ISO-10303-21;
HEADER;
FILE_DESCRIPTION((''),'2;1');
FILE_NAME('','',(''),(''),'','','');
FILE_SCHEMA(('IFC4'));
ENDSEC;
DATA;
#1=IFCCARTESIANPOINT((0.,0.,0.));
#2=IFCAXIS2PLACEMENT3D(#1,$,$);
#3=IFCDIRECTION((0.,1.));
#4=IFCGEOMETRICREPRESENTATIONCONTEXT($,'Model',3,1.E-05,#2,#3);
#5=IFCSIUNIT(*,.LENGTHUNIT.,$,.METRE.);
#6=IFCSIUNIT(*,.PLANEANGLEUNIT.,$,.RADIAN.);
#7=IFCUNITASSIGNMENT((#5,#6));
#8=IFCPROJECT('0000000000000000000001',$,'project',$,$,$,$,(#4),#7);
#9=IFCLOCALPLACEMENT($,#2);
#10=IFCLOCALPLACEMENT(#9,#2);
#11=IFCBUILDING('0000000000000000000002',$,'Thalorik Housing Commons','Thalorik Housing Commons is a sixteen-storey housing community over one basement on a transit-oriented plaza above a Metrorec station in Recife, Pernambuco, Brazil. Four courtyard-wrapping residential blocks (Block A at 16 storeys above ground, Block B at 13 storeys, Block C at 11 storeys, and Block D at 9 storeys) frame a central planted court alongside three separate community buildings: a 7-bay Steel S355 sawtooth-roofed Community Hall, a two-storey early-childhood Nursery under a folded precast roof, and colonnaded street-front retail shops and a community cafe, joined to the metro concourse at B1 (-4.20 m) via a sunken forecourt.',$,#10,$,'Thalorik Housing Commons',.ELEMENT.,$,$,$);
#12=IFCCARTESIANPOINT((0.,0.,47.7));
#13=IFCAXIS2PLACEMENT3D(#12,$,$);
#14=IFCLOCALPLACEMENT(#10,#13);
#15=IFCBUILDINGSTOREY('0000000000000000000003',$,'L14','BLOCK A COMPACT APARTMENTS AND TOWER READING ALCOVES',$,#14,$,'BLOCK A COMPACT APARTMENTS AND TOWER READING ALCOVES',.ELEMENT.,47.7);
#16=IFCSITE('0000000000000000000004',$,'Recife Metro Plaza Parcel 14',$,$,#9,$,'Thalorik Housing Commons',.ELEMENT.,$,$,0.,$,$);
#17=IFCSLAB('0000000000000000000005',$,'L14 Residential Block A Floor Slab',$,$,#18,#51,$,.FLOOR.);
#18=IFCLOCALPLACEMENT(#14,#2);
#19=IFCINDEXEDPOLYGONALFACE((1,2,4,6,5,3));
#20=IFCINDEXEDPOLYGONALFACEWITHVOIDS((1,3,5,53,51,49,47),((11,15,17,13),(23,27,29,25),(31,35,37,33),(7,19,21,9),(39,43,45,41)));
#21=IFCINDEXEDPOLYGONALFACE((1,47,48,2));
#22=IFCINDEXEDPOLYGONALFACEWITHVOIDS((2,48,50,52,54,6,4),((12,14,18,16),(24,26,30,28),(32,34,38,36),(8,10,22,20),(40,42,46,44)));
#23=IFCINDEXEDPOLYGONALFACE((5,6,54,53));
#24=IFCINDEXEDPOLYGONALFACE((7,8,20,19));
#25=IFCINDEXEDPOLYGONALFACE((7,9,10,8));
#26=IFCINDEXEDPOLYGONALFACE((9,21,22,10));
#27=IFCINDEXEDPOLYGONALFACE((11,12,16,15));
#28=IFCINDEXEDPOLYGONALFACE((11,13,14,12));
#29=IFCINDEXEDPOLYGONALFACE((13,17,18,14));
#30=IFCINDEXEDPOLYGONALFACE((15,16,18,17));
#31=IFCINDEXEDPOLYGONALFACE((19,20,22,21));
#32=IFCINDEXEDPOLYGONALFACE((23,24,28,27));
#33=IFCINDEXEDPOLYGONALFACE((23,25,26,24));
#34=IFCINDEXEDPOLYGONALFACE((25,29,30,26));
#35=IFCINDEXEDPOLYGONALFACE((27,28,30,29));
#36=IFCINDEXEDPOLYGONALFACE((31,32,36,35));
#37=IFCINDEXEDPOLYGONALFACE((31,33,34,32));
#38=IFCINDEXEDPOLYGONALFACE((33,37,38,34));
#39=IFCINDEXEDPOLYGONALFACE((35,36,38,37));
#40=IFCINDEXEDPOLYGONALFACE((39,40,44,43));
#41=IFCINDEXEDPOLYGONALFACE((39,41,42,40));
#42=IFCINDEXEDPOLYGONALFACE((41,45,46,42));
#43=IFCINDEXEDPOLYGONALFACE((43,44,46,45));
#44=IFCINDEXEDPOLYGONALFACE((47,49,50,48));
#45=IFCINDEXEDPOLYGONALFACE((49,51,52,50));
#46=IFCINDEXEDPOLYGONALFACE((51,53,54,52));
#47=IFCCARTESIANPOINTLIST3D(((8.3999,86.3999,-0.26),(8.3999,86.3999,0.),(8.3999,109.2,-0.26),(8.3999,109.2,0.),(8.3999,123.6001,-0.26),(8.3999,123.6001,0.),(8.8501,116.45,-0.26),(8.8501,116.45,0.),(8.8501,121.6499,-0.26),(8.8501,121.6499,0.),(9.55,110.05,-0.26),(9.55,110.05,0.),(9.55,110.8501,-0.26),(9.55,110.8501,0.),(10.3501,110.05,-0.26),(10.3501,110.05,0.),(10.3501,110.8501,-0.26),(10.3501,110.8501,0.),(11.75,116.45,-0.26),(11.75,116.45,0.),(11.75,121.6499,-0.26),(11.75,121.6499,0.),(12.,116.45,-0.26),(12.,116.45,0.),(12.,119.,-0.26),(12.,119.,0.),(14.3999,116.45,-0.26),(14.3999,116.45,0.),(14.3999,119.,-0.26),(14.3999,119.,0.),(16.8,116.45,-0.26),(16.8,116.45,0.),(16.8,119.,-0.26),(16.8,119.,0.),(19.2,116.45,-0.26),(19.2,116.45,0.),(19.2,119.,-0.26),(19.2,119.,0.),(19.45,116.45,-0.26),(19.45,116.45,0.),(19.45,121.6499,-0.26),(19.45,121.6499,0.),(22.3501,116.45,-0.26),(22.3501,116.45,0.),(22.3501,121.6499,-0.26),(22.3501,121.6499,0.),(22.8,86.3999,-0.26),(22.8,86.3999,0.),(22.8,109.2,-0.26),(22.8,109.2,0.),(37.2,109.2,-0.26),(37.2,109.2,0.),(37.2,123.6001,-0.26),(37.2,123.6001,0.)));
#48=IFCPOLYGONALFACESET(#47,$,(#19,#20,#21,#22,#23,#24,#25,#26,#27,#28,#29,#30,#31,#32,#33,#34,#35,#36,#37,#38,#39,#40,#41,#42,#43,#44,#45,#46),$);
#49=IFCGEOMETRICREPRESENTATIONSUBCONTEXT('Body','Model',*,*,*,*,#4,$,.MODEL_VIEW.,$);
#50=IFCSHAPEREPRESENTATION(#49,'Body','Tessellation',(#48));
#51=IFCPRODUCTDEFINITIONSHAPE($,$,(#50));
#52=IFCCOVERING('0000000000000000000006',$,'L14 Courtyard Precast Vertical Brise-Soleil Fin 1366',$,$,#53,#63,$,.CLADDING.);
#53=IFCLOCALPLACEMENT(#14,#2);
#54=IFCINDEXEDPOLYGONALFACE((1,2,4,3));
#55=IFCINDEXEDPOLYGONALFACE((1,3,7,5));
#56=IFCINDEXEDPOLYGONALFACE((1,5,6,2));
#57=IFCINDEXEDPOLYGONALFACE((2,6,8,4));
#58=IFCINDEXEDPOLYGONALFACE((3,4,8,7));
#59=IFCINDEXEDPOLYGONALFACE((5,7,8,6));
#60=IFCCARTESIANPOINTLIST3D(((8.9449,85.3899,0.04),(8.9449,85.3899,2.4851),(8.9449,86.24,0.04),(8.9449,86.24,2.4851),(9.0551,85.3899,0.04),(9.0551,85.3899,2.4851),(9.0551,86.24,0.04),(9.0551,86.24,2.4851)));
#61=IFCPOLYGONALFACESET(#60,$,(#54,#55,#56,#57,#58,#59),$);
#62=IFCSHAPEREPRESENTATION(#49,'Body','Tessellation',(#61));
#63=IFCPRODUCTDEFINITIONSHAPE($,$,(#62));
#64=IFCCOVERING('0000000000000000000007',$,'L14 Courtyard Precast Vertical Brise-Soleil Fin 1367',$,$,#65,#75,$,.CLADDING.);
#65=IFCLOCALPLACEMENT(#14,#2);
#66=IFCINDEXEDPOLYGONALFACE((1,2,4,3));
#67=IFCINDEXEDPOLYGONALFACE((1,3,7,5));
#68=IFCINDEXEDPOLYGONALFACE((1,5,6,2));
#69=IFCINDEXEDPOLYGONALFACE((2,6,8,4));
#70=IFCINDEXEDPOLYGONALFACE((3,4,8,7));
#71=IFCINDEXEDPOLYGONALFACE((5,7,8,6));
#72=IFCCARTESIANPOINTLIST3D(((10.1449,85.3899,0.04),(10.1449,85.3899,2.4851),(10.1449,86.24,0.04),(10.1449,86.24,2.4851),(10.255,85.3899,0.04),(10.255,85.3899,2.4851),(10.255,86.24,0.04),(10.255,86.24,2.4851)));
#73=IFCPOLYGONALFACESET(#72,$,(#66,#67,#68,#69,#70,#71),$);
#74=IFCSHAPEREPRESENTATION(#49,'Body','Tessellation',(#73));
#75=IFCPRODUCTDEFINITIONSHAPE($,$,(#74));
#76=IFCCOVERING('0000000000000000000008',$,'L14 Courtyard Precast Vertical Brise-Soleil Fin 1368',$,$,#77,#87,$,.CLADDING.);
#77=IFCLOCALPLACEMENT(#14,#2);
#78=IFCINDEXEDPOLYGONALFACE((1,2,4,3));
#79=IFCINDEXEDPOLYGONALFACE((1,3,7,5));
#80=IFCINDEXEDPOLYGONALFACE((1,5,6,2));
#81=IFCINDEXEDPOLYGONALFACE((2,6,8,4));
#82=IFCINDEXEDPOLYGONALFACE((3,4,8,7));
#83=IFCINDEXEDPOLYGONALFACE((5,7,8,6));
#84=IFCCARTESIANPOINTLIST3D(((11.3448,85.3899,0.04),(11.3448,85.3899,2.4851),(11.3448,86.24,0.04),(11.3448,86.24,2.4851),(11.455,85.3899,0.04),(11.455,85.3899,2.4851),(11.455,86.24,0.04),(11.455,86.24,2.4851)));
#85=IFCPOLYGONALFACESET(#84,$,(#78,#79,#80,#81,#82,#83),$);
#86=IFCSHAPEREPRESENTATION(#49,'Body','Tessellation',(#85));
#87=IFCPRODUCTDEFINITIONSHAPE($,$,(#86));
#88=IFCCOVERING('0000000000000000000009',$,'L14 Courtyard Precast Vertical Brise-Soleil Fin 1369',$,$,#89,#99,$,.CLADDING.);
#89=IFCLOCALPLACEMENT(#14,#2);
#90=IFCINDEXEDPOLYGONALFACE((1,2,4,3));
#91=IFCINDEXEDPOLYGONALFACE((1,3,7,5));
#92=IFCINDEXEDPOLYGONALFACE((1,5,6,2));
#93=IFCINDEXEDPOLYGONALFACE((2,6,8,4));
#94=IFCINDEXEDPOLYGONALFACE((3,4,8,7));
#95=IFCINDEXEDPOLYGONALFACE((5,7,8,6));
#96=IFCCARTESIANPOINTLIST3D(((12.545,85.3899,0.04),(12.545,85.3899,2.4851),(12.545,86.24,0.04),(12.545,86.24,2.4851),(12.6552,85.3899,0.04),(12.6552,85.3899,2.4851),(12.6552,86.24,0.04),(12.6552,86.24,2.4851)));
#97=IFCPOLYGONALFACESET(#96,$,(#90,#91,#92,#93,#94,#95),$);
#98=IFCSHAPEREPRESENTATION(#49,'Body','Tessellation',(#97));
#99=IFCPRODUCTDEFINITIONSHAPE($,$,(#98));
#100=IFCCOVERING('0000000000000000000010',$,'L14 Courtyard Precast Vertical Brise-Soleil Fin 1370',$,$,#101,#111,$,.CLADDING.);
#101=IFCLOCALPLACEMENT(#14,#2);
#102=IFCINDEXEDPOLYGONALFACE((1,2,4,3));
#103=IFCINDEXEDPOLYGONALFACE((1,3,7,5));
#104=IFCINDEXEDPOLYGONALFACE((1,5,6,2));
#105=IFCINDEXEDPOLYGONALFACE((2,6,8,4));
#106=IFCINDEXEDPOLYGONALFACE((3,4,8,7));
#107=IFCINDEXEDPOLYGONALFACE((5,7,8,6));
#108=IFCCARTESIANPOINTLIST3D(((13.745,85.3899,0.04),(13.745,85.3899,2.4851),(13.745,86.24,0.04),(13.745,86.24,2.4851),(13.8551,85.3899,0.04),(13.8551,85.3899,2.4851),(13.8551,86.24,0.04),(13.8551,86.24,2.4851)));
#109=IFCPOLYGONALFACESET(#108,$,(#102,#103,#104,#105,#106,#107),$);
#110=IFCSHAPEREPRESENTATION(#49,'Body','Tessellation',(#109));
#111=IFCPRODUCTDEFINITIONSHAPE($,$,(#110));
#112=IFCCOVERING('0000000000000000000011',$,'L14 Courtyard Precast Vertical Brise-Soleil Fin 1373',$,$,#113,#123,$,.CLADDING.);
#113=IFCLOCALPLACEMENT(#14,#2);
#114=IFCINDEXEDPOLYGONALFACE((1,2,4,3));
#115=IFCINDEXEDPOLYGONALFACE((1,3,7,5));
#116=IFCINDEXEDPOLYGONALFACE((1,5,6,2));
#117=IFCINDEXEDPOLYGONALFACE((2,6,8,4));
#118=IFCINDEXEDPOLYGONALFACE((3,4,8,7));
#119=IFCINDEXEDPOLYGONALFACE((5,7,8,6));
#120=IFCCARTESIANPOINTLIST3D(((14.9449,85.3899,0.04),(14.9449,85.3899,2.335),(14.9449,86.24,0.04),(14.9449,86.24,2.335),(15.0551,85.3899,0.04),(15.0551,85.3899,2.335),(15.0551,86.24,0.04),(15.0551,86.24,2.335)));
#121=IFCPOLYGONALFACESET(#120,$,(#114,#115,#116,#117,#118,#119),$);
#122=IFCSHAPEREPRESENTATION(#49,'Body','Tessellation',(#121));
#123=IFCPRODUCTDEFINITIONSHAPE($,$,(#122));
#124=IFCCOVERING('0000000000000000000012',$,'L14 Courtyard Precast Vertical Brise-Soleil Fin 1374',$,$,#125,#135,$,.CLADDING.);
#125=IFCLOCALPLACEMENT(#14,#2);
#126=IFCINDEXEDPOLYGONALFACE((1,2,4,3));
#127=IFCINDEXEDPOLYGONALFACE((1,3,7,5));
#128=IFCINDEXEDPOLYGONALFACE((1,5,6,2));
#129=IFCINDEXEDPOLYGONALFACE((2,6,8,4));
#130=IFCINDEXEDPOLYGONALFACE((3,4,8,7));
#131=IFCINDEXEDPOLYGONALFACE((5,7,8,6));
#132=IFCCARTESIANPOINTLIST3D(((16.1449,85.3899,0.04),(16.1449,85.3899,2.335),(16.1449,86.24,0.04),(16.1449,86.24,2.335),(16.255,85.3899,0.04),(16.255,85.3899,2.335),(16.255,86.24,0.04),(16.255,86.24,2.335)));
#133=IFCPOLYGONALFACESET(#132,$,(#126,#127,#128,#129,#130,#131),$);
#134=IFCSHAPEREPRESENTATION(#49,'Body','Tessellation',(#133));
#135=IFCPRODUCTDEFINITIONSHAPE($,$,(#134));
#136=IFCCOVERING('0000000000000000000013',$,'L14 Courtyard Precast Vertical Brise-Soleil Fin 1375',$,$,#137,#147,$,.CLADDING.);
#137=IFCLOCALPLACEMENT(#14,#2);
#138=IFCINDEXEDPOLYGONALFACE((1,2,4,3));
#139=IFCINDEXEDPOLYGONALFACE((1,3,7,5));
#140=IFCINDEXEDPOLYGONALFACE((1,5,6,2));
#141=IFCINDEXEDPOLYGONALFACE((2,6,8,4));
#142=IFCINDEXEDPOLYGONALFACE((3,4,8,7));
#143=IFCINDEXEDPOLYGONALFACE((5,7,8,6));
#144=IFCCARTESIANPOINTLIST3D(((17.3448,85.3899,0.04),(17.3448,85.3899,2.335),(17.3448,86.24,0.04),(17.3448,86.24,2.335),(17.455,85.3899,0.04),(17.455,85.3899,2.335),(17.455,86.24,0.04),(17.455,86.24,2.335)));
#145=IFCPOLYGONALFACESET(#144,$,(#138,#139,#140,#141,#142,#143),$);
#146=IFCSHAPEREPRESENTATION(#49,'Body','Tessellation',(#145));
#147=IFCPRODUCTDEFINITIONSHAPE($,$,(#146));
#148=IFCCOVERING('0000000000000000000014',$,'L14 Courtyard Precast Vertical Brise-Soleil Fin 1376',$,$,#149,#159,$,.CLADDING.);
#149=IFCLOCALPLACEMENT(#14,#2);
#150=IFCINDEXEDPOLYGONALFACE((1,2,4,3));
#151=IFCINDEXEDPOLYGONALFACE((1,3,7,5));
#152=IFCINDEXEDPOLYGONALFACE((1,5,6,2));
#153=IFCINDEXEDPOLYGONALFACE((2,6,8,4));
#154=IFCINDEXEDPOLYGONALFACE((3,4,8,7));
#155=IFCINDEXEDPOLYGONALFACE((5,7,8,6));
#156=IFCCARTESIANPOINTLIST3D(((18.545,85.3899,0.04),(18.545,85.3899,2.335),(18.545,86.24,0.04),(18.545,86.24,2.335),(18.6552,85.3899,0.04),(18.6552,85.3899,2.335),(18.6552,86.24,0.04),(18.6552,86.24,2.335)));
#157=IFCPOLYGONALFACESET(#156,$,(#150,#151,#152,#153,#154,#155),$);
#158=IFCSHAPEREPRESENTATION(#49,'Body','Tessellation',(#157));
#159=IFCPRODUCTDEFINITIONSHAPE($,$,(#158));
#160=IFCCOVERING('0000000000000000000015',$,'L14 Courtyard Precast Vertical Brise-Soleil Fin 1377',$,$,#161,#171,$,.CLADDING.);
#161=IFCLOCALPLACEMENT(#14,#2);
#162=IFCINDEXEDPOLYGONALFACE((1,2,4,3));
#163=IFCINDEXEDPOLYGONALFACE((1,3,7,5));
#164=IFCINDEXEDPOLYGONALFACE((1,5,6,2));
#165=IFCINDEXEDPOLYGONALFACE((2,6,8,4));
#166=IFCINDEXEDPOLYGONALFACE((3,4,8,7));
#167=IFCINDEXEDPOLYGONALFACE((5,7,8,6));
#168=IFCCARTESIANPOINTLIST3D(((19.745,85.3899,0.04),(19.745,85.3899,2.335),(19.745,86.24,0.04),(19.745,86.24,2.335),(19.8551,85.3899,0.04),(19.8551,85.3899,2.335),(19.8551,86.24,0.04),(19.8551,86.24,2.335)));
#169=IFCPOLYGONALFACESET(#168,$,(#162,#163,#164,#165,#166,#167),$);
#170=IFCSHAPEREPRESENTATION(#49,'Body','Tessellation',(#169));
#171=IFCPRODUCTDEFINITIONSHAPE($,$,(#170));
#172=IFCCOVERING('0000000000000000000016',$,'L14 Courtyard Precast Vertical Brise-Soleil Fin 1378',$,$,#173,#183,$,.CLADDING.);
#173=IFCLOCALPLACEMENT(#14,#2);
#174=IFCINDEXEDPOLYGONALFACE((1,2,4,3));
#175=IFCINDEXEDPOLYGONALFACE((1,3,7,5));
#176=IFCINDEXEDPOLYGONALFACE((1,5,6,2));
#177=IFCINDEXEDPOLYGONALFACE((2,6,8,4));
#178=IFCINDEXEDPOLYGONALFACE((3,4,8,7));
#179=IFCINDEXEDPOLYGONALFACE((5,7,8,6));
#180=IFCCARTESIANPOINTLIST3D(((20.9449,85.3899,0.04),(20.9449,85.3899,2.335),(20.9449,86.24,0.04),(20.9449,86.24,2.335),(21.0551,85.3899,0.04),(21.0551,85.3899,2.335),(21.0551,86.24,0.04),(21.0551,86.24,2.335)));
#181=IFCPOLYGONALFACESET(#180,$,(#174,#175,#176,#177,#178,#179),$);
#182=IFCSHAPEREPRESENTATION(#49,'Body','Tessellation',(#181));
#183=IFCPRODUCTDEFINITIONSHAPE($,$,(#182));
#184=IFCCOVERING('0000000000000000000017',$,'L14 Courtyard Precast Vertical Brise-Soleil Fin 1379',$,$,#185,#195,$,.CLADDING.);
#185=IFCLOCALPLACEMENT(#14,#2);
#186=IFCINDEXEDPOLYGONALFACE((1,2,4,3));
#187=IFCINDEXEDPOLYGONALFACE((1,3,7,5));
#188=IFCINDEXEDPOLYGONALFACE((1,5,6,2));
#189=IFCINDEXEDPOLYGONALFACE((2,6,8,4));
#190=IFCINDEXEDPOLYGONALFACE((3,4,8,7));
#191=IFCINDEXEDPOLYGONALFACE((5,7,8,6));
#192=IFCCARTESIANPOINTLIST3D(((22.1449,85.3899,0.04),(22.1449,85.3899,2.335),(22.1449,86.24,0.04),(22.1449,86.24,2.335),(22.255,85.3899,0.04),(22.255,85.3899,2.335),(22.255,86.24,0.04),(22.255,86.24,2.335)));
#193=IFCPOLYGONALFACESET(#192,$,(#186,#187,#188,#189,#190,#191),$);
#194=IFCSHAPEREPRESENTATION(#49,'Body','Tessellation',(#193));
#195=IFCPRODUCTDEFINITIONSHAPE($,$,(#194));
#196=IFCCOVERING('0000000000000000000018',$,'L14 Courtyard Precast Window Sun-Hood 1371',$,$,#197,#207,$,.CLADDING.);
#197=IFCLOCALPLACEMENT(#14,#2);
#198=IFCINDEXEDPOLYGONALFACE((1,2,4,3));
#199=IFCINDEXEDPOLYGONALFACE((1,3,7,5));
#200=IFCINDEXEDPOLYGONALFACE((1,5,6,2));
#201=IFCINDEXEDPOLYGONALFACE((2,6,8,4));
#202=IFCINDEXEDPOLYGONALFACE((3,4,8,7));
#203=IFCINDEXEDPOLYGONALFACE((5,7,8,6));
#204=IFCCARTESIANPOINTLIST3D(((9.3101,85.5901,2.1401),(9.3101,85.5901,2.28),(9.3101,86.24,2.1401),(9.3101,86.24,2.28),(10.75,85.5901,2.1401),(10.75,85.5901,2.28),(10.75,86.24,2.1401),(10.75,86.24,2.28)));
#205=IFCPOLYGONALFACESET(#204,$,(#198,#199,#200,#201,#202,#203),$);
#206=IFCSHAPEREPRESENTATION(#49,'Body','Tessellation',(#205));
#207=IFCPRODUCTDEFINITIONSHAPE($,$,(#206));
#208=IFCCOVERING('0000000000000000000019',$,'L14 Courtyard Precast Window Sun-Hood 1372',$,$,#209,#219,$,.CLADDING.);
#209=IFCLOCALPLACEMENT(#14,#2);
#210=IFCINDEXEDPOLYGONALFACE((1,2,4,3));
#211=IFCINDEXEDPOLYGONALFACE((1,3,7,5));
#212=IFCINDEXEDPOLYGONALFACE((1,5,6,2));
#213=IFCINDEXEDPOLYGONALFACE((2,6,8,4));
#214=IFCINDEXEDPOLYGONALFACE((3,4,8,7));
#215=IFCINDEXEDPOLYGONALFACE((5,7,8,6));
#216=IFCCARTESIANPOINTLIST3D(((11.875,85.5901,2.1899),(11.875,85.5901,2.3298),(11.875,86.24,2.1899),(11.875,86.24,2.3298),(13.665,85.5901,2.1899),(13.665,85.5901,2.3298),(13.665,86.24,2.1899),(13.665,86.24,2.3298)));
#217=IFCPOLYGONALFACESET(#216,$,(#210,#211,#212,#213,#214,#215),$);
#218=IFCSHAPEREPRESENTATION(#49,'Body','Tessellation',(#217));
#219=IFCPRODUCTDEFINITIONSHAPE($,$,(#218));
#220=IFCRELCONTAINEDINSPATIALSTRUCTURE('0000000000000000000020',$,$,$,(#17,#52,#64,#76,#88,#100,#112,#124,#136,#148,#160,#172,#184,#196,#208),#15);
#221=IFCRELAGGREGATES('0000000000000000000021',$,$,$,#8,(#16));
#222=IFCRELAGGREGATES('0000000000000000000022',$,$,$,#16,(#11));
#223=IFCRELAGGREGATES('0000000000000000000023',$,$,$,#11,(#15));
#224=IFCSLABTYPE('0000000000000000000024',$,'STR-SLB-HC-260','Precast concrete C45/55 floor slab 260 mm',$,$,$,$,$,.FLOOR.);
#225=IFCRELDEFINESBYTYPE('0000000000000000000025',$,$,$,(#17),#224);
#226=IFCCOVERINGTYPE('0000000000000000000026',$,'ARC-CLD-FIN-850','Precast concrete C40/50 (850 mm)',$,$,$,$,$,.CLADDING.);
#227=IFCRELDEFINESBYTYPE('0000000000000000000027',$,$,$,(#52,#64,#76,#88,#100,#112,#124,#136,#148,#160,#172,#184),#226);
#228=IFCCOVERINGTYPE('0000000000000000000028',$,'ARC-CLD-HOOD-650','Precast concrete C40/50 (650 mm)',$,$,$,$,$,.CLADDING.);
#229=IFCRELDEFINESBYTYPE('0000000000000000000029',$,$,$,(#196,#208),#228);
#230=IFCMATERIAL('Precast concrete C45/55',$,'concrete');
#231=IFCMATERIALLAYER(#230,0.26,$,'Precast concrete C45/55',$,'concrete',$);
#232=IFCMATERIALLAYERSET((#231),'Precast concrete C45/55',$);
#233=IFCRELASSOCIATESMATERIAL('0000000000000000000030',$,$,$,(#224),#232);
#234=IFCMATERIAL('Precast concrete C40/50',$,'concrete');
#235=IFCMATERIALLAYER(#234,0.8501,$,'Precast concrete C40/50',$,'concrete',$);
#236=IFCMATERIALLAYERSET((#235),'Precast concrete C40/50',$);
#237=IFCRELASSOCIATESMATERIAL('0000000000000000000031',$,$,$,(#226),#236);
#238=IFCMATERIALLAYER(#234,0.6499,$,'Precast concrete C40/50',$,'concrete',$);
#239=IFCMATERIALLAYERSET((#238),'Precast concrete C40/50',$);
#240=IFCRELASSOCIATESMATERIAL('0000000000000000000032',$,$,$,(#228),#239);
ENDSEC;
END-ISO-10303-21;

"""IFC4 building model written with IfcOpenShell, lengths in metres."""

from ifc_helpers import new_model, si_unit, direction, frame, origin, origin_2d, place, context, subcontext, project, spatial, polyline, rectangle, outline, extrude, material, layer, layer_set, type_object, element, save


model = new_model("IFC4")

# Units and contexts
model_context = context("Model", 3, precision=1e-05, world=origin(), true_north=direction((0.0, 1.0)))
body_context = subcontext(model_context, "Body", "Model", "MODEL_VIEW")
ifc_project = project(units=[si_unit("LENGTHUNIT", "METRE"), si_unit("PLANEANGLEUNIT", "RADIAN")], contexts=[model_context])

# Site, building, storey
site_placement = place(None, origin())
site = spatial("IfcSite", under=ifc_project, at=site_placement, Name="Recife Metro Plaza Parcel 14", LongName="Thalorik Housing Commons", CompositionType="ELEMENT", RefElevation=0.0)
building_placement = place(site_placement, origin())
building = spatial("IfcBuilding", under=site, at=building_placement, Name="Thalorik Housing Commons", Description="Thalorik Housing Commons is a sixteen-storey housing community over one basement on a transit-oriented plaza above a Metrorec station in Recife, Pernambuco, Brazil. Four courtyard-wrapping residential blocks (Block A at 16 storeys above ground, Block B at 13 storeys, Block C at 11 storeys, and Block D at 9 storeys) frame a central planted court alongside three separate community buildings: a 7-bay Steel S355 sawtooth-roofed Community Hall, a two-storey early-childhood Nursery under a folded precast roof, and colonnaded street-front retail shops and a community cafe, joined to the metro concourse at B1 (-4.20 m) via a sunken forecourt.", LongName="Thalorik Housing Commons", CompositionType="ELEMENT")
storey_placement = place(building_placement, frame((0.0, 0.0, 47.7)))
storey = spatial("IfcBuildingStorey", under=building, at=storey_placement, Name="L14", Description="BLOCK A COMPACT APARTMENTS AND TOWER READING ALCOVES", LongName="BLOCK A COMPACT APARTMENTS AND TOWER READING ALCOVES", CompositionType="ELEMENT", Elevation=47.7)

# Shared definitions
ifc_material_1 = material(Name="Precast concrete C40/50", Category="concrete")

# Slab
ifc_material_2 = material(Name="Precast concrete C45/55", Category="concrete")
ifc_layer_1 = layer(ifc_material_2, 0.26, Name="Precast concrete C45/55", Category="concrete")
ifc_layer_set_1 = layer_set([ifc_layer_1], Name="Precast concrete C45/55")
slab_type_1 = type_object("IfcSlabType", Name="STR-SLB-HC-260", Description="Precast concrete C45/55 floor slab 260 mm", PredefinedType="FLOOR", material=ifc_layer_set_1)
slab_1_placement = place(storey_placement, frame((0.0, 0.0, -0.26)))
element("IfcSlab", 1, at=slab_1_placement, inside=storey, type_object=slab_type_1, Name="L14 Residential Block A Floor Slab", PredefinedType="FLOOR", context=body_context, shape_type="SweptSolid", body=[
    extrude(outline(polyline([(8.3999, 123.6001), (8.3999, 109.2), (8.3999, 86.3999), (22.8, 86.3999), (22.8, 109.2), (37.2, 109.2), (37.2, 123.6001), (8.3999, 123.6001)]), holes=[polyline([(8.8501, 121.6499), (11.75, 121.6499), (11.75, 116.45), (8.8501, 116.45), (8.8501, 121.6499)]), polyline([(22.3501, 121.6499), (22.3501, 116.45), (19.45, 116.45), (19.45, 121.6499), (22.3501, 121.6499)]), polyline([(14.3999, 119.0), (14.3999, 116.45), (12.0, 116.45), (12.0, 119.0), (14.3999, 119.0)]), polyline([(19.2, 116.45), (16.8, 116.45), (16.8, 119.0), (19.2, 119.0), (19.2, 116.45)]), polyline([(9.55, 110.05), (9.55, 110.8501), (10.3501, 110.8501), (10.3501, 110.05), (9.55, 110.05)])]), origin(), (0.0, 0.0, 1.0), 0.26),
])

# Coverings
ifc_layer_2 = layer(ifc_material_1, 0.8501, Name="Precast concrete C40/50", Category="concrete")
ifc_layer_set_2 = layer_set([ifc_layer_2], Name="Precast concrete C40/50")
covering_type_1 = type_object("IfcCoveringType", Name="ARC-CLD-FIN-850", Description="Precast concrete C40/50 (850 mm)", PredefinedType="CLADDING", material=ifc_layer_set_2)
for number, where, z_axis, x_axis, name in (
    (2, (9.0, 85.8149, 0.04), (0.0, 0.0, 1.0), (1.0, 0.0, 0.0), "L14 Courtyard Precast Vertical Brise-Soleil Fin 1366"),
    (3, (10.2, 85.8149, 0.04), (0.0, 0.0, 1.0), (1.0, 0.0, 0.0), "L14 Courtyard Precast Vertical Brise-Soleil Fin 1367"),
    (4, (11.3999, 85.8149, 0.04), (0.0, 0.0, 1.0), (1.0, 0.0, 0.0), "L14 Courtyard Precast Vertical Brise-Soleil Fin 1368"),
    (5, (12.6001, 85.8149, 0.04), (0.0, 0.0, 1.0), (1.0, 0.0, 0.0), "L14 Courtyard Precast Vertical Brise-Soleil Fin 1369"),
    (6, (13.8, 85.8149, 0.04), (0.0, 0.0, 1.0), (1.0, 0.0, 0.0), "L14 Courtyard Precast Vertical Brise-Soleil Fin 1370"),
):
    element("IfcCovering", number, at=place(storey_placement, frame(where, z_axis=z_axis, x_axis=x_axis)), inside=storey, type_object=covering_type_1, Name=name, PredefinedType="CLADDING", context=body_context, shape_type="SweptSolid", body=[
        extrude(rectangle(XDim=0.1101, YDim=0.8501, at=origin_2d()), origin(), (0.0, 0.0, 1.0), 2.4451),
    ])
for number, where, z_axis, x_axis, name in (
    (7, (15.0, 85.8149, 0.04), (0.0, 0.0, 1.0), (1.0, 0.0, 0.0), "L14 Courtyard Precast Vertical Brise-Soleil Fin 1373"),
    (8, (16.2, 85.8149, 0.04), (0.0, 0.0, 1.0), (1.0, 0.0, 0.0), "L14 Courtyard Precast Vertical Brise-Soleil Fin 1374"),
    (9, (17.3999, 85.8149, 0.04), (0.0, 0.0, 1.0), (1.0, 0.0, 0.0), "L14 Courtyard Precast Vertical Brise-Soleil Fin 1375"),
    (10, (18.6001, 85.8149, 0.04), (0.0, 0.0, 1.0), (1.0, 0.0, 0.0), "L14 Courtyard Precast Vertical Brise-Soleil Fin 1376"),
    (11, (19.8, 85.8149, 0.04), (0.0, 0.0, 1.0), (1.0, 0.0, 0.0), "L14 Courtyard Precast Vertical Brise-Soleil Fin 1377"),
    (12, (21.0, 85.8149, 0.04), (0.0, 0.0, 1.0), (1.0, 0.0, 0.0), "L14 Courtyard Precast Vertical Brise-Soleil Fin 1378"),
    (13, (22.2, 85.8149, 0.04), (0.0, 0.0, 1.0), (1.0, 0.0, 0.0), "L14 Courtyard Precast Vertical Brise-Soleil Fin 1379"),
):
    element("IfcCovering", number, at=place(storey_placement, frame(where, z_axis=z_axis, x_axis=x_axis)), inside=storey, type_object=covering_type_1, Name=name, PredefinedType="CLADDING", context=body_context, shape_type="SweptSolid", body=[
        extrude(rectangle(XDim=0.1101, YDim=0.8501, at=origin_2d()), origin(), (0.0, 0.0, 1.0), 2.2949),
    ])
ifc_layer_3 = layer(ifc_material_1, 0.6499, Name="Precast concrete C40/50", Category="concrete")
ifc_layer_set_3 = layer_set([ifc_layer_3], Name="Precast concrete C40/50")
covering_type_2 = type_object("IfcCoveringType", Name="ARC-CLD-HOOD-650", Description="Precast concrete C40/50 (650 mm)", PredefinedType="CLADDING", material=ifc_layer_set_3)
covering_1_placement = place(storey_placement, frame((10.03, 85.915, 2.1401), z_axis=(0.0, 0.0, 1.0), x_axis=(1.0, 0.0, 0.0)))
element("IfcCovering", 14, at=covering_1_placement, inside=storey, type_object=covering_type_2, Name="L14 Courtyard Precast Window Sun-Hood 1371", PredefinedType="CLADDING", context=body_context, shape_type="SweptSolid", body=[
    extrude(rectangle(XDim=1.4399, YDim=0.6499, at=origin_2d()), origin(), (0.0, 0.0, 1.0), 0.1399),
])
covering_2_placement = place(storey_placement, frame((12.77, 85.915, 2.1899), z_axis=(0.0, 0.0, 1.0), x_axis=(1.0, 0.0, 0.0)))
element("IfcCovering", 15, at=covering_2_placement, inside=storey, type_object=covering_type_2, Name="L14 Courtyard Precast Window Sun-Hood 1372", PredefinedType="CLADDING", context=body_context, shape_type="SweptSolid", body=[
    extrude(rectangle(XDim=1.79, YDim=0.6499, at=origin_2d()), origin(), (0.0, 0.0, 1.0), 0.1399),
])

save(model, "model.ifc")
